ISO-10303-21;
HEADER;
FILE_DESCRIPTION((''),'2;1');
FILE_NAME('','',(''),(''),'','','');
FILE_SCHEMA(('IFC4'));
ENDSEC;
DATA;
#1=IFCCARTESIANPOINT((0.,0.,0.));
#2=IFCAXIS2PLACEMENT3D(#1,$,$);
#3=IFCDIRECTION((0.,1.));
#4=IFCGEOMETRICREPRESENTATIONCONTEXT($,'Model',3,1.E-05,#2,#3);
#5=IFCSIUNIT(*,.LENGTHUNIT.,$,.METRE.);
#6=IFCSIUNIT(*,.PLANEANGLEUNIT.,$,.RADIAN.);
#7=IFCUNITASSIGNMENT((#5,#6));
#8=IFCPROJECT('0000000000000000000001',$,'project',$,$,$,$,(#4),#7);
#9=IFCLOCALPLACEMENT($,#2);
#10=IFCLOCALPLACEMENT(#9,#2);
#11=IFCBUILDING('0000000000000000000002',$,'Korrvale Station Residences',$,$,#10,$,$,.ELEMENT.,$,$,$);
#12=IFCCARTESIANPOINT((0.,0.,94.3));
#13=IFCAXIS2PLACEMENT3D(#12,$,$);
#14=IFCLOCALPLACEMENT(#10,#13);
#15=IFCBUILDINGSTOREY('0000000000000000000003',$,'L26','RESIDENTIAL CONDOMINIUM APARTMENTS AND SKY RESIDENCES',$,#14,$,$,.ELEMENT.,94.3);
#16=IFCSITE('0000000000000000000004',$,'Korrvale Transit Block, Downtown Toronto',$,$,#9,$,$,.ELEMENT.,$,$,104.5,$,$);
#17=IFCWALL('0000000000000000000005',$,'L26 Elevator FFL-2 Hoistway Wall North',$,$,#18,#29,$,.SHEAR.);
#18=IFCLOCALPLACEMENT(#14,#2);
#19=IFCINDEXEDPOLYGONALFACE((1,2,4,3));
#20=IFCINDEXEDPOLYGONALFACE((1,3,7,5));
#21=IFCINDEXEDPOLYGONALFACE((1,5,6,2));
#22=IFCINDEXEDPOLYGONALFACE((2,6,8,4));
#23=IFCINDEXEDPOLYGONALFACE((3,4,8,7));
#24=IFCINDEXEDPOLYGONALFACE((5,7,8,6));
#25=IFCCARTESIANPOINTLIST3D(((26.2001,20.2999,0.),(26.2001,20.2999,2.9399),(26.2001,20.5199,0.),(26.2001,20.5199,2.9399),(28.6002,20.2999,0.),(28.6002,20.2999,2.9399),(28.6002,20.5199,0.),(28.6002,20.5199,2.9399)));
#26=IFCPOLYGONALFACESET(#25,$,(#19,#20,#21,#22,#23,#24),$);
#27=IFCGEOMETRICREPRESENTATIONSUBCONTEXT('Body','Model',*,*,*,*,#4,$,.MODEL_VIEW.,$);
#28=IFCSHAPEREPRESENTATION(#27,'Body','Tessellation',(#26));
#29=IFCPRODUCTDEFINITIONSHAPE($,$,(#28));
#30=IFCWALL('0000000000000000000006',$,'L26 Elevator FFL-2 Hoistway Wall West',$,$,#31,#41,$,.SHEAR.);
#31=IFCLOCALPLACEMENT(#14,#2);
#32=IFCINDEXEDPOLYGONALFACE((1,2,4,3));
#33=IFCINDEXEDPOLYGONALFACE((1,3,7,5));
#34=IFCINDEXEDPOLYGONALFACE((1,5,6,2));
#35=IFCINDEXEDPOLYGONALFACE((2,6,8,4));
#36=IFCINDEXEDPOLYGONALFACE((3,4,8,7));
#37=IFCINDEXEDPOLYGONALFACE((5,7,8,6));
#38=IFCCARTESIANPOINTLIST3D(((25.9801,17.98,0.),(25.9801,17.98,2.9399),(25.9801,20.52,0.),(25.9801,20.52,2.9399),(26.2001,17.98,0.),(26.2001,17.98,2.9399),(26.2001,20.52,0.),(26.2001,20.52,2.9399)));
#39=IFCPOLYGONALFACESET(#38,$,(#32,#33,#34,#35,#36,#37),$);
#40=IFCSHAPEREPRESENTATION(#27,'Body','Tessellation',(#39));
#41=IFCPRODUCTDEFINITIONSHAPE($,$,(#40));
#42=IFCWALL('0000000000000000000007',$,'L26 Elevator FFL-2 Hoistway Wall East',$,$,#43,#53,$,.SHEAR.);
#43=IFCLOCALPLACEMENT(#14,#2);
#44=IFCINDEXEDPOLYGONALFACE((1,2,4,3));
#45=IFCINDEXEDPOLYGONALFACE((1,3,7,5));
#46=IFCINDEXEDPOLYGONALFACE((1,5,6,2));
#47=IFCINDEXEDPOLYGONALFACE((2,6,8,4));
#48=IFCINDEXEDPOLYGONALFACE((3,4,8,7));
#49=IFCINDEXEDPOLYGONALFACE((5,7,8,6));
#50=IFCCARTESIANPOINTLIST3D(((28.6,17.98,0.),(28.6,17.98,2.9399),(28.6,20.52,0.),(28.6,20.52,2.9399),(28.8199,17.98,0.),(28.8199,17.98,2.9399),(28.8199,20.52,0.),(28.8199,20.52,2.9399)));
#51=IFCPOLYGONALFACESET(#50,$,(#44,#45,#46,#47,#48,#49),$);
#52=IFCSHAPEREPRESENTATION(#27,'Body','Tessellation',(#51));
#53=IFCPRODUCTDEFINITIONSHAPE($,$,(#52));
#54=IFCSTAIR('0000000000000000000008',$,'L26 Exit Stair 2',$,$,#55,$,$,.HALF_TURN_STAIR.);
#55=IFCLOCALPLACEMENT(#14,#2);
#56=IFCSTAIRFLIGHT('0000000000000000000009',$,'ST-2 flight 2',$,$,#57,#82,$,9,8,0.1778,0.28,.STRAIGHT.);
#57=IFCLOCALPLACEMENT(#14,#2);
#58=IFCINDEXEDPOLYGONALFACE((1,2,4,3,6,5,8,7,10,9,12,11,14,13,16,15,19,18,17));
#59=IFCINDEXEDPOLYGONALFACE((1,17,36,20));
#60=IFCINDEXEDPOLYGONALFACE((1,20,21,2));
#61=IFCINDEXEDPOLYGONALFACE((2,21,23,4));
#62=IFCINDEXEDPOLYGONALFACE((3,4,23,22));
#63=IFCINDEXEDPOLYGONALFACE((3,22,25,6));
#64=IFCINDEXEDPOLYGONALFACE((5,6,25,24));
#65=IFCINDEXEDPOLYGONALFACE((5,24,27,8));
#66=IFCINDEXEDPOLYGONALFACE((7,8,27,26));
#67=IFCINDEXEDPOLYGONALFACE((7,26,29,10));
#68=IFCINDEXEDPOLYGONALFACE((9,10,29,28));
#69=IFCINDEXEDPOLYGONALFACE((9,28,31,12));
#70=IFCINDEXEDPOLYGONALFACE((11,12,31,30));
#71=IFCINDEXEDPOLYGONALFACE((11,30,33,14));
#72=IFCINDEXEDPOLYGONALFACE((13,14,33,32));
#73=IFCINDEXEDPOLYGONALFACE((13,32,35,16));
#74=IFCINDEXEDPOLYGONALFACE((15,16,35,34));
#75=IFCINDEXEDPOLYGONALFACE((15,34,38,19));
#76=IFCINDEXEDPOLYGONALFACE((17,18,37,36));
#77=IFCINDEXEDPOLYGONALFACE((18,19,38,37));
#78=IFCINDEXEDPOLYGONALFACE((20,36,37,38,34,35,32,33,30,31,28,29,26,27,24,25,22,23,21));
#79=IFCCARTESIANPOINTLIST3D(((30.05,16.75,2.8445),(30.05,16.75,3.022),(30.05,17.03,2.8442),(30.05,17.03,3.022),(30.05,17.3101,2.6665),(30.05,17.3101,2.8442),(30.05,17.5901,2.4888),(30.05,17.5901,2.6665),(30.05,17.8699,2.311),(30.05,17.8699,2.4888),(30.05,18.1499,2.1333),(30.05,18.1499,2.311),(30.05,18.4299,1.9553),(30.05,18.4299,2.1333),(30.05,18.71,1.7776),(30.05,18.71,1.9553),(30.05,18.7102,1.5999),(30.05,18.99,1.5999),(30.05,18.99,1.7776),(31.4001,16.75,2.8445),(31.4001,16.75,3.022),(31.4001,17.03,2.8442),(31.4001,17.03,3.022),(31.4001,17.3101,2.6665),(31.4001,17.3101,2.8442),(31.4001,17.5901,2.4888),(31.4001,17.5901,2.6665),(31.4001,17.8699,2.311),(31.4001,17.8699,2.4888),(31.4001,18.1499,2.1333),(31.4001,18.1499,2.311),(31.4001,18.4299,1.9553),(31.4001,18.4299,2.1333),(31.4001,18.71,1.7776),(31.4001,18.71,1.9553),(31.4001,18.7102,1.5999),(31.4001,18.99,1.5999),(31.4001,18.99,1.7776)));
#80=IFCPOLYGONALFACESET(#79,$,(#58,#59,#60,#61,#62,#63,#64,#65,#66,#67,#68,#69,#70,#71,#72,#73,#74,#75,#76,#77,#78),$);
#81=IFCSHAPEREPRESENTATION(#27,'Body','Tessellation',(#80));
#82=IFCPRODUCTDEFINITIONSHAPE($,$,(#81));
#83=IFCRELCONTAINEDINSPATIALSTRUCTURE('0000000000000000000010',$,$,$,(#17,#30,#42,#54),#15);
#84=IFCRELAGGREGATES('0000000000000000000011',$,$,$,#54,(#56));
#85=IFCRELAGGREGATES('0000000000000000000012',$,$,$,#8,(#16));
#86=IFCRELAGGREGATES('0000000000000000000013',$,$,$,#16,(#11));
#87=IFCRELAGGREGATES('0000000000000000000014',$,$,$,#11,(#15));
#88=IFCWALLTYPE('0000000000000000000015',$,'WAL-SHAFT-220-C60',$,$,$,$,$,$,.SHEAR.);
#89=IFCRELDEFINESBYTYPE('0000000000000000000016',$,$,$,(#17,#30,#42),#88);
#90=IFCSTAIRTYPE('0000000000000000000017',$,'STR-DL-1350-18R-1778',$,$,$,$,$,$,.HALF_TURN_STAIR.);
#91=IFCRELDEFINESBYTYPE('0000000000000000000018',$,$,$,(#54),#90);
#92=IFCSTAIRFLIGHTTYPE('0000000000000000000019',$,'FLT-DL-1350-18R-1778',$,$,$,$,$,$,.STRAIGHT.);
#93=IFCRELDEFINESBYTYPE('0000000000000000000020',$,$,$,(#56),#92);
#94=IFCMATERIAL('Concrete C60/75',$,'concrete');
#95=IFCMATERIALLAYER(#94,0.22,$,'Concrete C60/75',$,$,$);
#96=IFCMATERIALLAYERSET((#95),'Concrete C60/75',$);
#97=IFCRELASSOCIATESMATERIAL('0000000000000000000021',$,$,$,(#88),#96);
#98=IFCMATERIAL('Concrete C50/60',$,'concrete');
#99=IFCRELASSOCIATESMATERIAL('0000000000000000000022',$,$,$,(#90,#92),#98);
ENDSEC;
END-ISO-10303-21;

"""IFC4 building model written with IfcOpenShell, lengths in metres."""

from ifc_helpers import new_model, si_unit, direction, frame, frame_2d, origin, place, context, subcontext, project, spatial, polyline, rectangle, outline, extrude, material, layer, layer_set, type_object, element, aggregate, save


model = new_model("IFC4")

# Units and contexts
model_context = context("Model", 3, precision=1e-05, world=origin(), true_north=direction((0.0, 1.0)))
body_context = subcontext(model_context, "Body", "Model", "MODEL_VIEW")
ifc_project = project(units=[si_unit("LENGTHUNIT", "METRE"), si_unit("PLANEANGLEUNIT", "RADIAN")], contexts=[model_context])

# Site, building, storey
site_placement = place(None, origin())
site = spatial("IfcSite", under=ifc_project, at=site_placement, Name="Korrvale Transit Block, Downtown Toronto", CompositionType="ELEMENT", RefElevation=104.5)
building_placement = place(site_placement, origin())
building = spatial("IfcBuilding", under=site, at=building_placement, Name="Korrvale Station Residences", CompositionType="ELEMENT")
storey_placement = place(building_placement, frame((0.0, 0.0, 94.3)))
storey = spatial("IfcBuildingStorey", under=building, at=storey_placement, Name="L26", Description="RESIDENTIAL CONDOMINIUM APARTMENTS AND SKY RESIDENCES", CompositionType="ELEMENT", Elevation=94.3)

# Shared definitions
ifc_material_1 = material(Name="Concrete C60/75", Category="concrete")

# Shared definitions
ifc_layer_1 = layer(ifc_material_1, 0.22, Name="Concrete C60/75")
ifc_layer_set_1 = layer_set([ifc_layer_1], Name="Concrete C60/75")
wall_type_1 = type_object("IfcWallType", Name="WAL-SHAFT-220-C60", PredefinedType="SHEAR", material=ifc_layer_set_1)

# Walls
wall_1_placement = place(storey_placement, frame((26.2, 20.4099, 0.0), z_axis=(0.0, 0.0, 1.0), x_axis=(1.0, 0.0, 0.0)))
element("IfcWall", 1, at=wall_1_placement, inside=storey, type_object=wall_type_1, Name="L26 Elevator FFL-2 Hoistway Wall North", PredefinedType="SHEAR", context=body_context, shape_type="SweptSolid", body=[
    extrude(rectangle(XDim=2.4001, YDim=0.22, at=frame_2d((1.2002, 0.0))), origin(), (0.0, 0.0, 1.0), 2.9399),
])
for number, where, z_axis, x_axis, name in (
    (2, (26.0901, 17.98, 0.0), (0.0, 0.0, 1.0), (0.0, 1.0, 0.0), "L26 Elevator FFL-2 Hoistway Wall West"),
    (3, (28.71, 17.98, 0.0), (0.0, 0.0, 1.0), (0.0, 1.0, 0.0), "L26 Elevator FFL-2 Hoistway Wall East"),
):
    element("IfcWall", number, at=place(storey_placement, frame(where, z_axis=z_axis, x_axis=x_axis)), inside=storey, type_object=wall_type_1, Name=name, PredefinedType="SHEAR", context=body_context, shape_type="SweptSolid", body=[
        extrude(rectangle(XDim=2.54, YDim=0.22, at=frame_2d((1.27, 0.0))), origin(), (0.0, 0.0, 1.0), 2.9399),
    ])

# Stair, stair flight
ifc_material_2 = material(Name="Concrete C50/60", Category="concrete")
stair_type = type_object("IfcStairType", Name="STR-DL-1350-18R-1778", PredefinedType="HALF_TURN_STAIR", material=ifc_material_2)
stair_placement = place(storey_placement, origin())
stair = element("IfcStair", 4, at=stair_placement, inside=storey, type_object=stair_type, Name="L26 Exit Stair 2", PredefinedType="HALF_TURN_STAIR")
stair_flight_type = type_object("IfcStairFlightType", Name="FLT-DL-1350-18R-1778", PredefinedType="STRAIGHT", material=ifc_material_2)
stair_flight_placement = place(storey_placement, frame((30.7251, 18.99, 1.5999), z_axis=(0.0, 0.0, 1.0), x_axis=(0.0, -1.0, 0.0)))
stair_flight = element("IfcStairFlight", 5, at=stair_flight_placement, type_object=stair_flight_type, Name="ST-2 flight 2", NumberOfRisers=9, NumberOfTreads=8, PredefinedType="STRAIGHT", RiserHeight=0.1778, TreadLength=0.28, context=body_context, shape_type="SweptSolid", body=[
    extrude(outline(polyline([(0.0, 0.0), (0.0, 0.1777), (0.28, 0.1777), (0.28, 0.3555), (0.5601, 0.3555), (0.5601, 0.5334), (0.8401, 0.5334), (0.8401, 0.7112), (1.1201, 0.7112), (1.1201, 0.8889), (1.3999, 0.8889), (1.3999, 1.0667), (1.6799, 1.0667), (1.6799, 1.2444), (1.96, 1.2444), (1.96, 1.4221), (2.24, 1.4221), (2.24, 1.6001), (2.24, 1.2446), (0.2798, 0.0), (0.0, 0.0)])), frame((0.0, 0.675, 0.0), z_axis=(0.0, -1.0, 0.0), x_axis=(1.0, 0.0, 0.0)), (0.0, 0.0, 1.0), 1.3501),
])
aggregate(stair, [stair_flight])

save(model, "model.ifc")
